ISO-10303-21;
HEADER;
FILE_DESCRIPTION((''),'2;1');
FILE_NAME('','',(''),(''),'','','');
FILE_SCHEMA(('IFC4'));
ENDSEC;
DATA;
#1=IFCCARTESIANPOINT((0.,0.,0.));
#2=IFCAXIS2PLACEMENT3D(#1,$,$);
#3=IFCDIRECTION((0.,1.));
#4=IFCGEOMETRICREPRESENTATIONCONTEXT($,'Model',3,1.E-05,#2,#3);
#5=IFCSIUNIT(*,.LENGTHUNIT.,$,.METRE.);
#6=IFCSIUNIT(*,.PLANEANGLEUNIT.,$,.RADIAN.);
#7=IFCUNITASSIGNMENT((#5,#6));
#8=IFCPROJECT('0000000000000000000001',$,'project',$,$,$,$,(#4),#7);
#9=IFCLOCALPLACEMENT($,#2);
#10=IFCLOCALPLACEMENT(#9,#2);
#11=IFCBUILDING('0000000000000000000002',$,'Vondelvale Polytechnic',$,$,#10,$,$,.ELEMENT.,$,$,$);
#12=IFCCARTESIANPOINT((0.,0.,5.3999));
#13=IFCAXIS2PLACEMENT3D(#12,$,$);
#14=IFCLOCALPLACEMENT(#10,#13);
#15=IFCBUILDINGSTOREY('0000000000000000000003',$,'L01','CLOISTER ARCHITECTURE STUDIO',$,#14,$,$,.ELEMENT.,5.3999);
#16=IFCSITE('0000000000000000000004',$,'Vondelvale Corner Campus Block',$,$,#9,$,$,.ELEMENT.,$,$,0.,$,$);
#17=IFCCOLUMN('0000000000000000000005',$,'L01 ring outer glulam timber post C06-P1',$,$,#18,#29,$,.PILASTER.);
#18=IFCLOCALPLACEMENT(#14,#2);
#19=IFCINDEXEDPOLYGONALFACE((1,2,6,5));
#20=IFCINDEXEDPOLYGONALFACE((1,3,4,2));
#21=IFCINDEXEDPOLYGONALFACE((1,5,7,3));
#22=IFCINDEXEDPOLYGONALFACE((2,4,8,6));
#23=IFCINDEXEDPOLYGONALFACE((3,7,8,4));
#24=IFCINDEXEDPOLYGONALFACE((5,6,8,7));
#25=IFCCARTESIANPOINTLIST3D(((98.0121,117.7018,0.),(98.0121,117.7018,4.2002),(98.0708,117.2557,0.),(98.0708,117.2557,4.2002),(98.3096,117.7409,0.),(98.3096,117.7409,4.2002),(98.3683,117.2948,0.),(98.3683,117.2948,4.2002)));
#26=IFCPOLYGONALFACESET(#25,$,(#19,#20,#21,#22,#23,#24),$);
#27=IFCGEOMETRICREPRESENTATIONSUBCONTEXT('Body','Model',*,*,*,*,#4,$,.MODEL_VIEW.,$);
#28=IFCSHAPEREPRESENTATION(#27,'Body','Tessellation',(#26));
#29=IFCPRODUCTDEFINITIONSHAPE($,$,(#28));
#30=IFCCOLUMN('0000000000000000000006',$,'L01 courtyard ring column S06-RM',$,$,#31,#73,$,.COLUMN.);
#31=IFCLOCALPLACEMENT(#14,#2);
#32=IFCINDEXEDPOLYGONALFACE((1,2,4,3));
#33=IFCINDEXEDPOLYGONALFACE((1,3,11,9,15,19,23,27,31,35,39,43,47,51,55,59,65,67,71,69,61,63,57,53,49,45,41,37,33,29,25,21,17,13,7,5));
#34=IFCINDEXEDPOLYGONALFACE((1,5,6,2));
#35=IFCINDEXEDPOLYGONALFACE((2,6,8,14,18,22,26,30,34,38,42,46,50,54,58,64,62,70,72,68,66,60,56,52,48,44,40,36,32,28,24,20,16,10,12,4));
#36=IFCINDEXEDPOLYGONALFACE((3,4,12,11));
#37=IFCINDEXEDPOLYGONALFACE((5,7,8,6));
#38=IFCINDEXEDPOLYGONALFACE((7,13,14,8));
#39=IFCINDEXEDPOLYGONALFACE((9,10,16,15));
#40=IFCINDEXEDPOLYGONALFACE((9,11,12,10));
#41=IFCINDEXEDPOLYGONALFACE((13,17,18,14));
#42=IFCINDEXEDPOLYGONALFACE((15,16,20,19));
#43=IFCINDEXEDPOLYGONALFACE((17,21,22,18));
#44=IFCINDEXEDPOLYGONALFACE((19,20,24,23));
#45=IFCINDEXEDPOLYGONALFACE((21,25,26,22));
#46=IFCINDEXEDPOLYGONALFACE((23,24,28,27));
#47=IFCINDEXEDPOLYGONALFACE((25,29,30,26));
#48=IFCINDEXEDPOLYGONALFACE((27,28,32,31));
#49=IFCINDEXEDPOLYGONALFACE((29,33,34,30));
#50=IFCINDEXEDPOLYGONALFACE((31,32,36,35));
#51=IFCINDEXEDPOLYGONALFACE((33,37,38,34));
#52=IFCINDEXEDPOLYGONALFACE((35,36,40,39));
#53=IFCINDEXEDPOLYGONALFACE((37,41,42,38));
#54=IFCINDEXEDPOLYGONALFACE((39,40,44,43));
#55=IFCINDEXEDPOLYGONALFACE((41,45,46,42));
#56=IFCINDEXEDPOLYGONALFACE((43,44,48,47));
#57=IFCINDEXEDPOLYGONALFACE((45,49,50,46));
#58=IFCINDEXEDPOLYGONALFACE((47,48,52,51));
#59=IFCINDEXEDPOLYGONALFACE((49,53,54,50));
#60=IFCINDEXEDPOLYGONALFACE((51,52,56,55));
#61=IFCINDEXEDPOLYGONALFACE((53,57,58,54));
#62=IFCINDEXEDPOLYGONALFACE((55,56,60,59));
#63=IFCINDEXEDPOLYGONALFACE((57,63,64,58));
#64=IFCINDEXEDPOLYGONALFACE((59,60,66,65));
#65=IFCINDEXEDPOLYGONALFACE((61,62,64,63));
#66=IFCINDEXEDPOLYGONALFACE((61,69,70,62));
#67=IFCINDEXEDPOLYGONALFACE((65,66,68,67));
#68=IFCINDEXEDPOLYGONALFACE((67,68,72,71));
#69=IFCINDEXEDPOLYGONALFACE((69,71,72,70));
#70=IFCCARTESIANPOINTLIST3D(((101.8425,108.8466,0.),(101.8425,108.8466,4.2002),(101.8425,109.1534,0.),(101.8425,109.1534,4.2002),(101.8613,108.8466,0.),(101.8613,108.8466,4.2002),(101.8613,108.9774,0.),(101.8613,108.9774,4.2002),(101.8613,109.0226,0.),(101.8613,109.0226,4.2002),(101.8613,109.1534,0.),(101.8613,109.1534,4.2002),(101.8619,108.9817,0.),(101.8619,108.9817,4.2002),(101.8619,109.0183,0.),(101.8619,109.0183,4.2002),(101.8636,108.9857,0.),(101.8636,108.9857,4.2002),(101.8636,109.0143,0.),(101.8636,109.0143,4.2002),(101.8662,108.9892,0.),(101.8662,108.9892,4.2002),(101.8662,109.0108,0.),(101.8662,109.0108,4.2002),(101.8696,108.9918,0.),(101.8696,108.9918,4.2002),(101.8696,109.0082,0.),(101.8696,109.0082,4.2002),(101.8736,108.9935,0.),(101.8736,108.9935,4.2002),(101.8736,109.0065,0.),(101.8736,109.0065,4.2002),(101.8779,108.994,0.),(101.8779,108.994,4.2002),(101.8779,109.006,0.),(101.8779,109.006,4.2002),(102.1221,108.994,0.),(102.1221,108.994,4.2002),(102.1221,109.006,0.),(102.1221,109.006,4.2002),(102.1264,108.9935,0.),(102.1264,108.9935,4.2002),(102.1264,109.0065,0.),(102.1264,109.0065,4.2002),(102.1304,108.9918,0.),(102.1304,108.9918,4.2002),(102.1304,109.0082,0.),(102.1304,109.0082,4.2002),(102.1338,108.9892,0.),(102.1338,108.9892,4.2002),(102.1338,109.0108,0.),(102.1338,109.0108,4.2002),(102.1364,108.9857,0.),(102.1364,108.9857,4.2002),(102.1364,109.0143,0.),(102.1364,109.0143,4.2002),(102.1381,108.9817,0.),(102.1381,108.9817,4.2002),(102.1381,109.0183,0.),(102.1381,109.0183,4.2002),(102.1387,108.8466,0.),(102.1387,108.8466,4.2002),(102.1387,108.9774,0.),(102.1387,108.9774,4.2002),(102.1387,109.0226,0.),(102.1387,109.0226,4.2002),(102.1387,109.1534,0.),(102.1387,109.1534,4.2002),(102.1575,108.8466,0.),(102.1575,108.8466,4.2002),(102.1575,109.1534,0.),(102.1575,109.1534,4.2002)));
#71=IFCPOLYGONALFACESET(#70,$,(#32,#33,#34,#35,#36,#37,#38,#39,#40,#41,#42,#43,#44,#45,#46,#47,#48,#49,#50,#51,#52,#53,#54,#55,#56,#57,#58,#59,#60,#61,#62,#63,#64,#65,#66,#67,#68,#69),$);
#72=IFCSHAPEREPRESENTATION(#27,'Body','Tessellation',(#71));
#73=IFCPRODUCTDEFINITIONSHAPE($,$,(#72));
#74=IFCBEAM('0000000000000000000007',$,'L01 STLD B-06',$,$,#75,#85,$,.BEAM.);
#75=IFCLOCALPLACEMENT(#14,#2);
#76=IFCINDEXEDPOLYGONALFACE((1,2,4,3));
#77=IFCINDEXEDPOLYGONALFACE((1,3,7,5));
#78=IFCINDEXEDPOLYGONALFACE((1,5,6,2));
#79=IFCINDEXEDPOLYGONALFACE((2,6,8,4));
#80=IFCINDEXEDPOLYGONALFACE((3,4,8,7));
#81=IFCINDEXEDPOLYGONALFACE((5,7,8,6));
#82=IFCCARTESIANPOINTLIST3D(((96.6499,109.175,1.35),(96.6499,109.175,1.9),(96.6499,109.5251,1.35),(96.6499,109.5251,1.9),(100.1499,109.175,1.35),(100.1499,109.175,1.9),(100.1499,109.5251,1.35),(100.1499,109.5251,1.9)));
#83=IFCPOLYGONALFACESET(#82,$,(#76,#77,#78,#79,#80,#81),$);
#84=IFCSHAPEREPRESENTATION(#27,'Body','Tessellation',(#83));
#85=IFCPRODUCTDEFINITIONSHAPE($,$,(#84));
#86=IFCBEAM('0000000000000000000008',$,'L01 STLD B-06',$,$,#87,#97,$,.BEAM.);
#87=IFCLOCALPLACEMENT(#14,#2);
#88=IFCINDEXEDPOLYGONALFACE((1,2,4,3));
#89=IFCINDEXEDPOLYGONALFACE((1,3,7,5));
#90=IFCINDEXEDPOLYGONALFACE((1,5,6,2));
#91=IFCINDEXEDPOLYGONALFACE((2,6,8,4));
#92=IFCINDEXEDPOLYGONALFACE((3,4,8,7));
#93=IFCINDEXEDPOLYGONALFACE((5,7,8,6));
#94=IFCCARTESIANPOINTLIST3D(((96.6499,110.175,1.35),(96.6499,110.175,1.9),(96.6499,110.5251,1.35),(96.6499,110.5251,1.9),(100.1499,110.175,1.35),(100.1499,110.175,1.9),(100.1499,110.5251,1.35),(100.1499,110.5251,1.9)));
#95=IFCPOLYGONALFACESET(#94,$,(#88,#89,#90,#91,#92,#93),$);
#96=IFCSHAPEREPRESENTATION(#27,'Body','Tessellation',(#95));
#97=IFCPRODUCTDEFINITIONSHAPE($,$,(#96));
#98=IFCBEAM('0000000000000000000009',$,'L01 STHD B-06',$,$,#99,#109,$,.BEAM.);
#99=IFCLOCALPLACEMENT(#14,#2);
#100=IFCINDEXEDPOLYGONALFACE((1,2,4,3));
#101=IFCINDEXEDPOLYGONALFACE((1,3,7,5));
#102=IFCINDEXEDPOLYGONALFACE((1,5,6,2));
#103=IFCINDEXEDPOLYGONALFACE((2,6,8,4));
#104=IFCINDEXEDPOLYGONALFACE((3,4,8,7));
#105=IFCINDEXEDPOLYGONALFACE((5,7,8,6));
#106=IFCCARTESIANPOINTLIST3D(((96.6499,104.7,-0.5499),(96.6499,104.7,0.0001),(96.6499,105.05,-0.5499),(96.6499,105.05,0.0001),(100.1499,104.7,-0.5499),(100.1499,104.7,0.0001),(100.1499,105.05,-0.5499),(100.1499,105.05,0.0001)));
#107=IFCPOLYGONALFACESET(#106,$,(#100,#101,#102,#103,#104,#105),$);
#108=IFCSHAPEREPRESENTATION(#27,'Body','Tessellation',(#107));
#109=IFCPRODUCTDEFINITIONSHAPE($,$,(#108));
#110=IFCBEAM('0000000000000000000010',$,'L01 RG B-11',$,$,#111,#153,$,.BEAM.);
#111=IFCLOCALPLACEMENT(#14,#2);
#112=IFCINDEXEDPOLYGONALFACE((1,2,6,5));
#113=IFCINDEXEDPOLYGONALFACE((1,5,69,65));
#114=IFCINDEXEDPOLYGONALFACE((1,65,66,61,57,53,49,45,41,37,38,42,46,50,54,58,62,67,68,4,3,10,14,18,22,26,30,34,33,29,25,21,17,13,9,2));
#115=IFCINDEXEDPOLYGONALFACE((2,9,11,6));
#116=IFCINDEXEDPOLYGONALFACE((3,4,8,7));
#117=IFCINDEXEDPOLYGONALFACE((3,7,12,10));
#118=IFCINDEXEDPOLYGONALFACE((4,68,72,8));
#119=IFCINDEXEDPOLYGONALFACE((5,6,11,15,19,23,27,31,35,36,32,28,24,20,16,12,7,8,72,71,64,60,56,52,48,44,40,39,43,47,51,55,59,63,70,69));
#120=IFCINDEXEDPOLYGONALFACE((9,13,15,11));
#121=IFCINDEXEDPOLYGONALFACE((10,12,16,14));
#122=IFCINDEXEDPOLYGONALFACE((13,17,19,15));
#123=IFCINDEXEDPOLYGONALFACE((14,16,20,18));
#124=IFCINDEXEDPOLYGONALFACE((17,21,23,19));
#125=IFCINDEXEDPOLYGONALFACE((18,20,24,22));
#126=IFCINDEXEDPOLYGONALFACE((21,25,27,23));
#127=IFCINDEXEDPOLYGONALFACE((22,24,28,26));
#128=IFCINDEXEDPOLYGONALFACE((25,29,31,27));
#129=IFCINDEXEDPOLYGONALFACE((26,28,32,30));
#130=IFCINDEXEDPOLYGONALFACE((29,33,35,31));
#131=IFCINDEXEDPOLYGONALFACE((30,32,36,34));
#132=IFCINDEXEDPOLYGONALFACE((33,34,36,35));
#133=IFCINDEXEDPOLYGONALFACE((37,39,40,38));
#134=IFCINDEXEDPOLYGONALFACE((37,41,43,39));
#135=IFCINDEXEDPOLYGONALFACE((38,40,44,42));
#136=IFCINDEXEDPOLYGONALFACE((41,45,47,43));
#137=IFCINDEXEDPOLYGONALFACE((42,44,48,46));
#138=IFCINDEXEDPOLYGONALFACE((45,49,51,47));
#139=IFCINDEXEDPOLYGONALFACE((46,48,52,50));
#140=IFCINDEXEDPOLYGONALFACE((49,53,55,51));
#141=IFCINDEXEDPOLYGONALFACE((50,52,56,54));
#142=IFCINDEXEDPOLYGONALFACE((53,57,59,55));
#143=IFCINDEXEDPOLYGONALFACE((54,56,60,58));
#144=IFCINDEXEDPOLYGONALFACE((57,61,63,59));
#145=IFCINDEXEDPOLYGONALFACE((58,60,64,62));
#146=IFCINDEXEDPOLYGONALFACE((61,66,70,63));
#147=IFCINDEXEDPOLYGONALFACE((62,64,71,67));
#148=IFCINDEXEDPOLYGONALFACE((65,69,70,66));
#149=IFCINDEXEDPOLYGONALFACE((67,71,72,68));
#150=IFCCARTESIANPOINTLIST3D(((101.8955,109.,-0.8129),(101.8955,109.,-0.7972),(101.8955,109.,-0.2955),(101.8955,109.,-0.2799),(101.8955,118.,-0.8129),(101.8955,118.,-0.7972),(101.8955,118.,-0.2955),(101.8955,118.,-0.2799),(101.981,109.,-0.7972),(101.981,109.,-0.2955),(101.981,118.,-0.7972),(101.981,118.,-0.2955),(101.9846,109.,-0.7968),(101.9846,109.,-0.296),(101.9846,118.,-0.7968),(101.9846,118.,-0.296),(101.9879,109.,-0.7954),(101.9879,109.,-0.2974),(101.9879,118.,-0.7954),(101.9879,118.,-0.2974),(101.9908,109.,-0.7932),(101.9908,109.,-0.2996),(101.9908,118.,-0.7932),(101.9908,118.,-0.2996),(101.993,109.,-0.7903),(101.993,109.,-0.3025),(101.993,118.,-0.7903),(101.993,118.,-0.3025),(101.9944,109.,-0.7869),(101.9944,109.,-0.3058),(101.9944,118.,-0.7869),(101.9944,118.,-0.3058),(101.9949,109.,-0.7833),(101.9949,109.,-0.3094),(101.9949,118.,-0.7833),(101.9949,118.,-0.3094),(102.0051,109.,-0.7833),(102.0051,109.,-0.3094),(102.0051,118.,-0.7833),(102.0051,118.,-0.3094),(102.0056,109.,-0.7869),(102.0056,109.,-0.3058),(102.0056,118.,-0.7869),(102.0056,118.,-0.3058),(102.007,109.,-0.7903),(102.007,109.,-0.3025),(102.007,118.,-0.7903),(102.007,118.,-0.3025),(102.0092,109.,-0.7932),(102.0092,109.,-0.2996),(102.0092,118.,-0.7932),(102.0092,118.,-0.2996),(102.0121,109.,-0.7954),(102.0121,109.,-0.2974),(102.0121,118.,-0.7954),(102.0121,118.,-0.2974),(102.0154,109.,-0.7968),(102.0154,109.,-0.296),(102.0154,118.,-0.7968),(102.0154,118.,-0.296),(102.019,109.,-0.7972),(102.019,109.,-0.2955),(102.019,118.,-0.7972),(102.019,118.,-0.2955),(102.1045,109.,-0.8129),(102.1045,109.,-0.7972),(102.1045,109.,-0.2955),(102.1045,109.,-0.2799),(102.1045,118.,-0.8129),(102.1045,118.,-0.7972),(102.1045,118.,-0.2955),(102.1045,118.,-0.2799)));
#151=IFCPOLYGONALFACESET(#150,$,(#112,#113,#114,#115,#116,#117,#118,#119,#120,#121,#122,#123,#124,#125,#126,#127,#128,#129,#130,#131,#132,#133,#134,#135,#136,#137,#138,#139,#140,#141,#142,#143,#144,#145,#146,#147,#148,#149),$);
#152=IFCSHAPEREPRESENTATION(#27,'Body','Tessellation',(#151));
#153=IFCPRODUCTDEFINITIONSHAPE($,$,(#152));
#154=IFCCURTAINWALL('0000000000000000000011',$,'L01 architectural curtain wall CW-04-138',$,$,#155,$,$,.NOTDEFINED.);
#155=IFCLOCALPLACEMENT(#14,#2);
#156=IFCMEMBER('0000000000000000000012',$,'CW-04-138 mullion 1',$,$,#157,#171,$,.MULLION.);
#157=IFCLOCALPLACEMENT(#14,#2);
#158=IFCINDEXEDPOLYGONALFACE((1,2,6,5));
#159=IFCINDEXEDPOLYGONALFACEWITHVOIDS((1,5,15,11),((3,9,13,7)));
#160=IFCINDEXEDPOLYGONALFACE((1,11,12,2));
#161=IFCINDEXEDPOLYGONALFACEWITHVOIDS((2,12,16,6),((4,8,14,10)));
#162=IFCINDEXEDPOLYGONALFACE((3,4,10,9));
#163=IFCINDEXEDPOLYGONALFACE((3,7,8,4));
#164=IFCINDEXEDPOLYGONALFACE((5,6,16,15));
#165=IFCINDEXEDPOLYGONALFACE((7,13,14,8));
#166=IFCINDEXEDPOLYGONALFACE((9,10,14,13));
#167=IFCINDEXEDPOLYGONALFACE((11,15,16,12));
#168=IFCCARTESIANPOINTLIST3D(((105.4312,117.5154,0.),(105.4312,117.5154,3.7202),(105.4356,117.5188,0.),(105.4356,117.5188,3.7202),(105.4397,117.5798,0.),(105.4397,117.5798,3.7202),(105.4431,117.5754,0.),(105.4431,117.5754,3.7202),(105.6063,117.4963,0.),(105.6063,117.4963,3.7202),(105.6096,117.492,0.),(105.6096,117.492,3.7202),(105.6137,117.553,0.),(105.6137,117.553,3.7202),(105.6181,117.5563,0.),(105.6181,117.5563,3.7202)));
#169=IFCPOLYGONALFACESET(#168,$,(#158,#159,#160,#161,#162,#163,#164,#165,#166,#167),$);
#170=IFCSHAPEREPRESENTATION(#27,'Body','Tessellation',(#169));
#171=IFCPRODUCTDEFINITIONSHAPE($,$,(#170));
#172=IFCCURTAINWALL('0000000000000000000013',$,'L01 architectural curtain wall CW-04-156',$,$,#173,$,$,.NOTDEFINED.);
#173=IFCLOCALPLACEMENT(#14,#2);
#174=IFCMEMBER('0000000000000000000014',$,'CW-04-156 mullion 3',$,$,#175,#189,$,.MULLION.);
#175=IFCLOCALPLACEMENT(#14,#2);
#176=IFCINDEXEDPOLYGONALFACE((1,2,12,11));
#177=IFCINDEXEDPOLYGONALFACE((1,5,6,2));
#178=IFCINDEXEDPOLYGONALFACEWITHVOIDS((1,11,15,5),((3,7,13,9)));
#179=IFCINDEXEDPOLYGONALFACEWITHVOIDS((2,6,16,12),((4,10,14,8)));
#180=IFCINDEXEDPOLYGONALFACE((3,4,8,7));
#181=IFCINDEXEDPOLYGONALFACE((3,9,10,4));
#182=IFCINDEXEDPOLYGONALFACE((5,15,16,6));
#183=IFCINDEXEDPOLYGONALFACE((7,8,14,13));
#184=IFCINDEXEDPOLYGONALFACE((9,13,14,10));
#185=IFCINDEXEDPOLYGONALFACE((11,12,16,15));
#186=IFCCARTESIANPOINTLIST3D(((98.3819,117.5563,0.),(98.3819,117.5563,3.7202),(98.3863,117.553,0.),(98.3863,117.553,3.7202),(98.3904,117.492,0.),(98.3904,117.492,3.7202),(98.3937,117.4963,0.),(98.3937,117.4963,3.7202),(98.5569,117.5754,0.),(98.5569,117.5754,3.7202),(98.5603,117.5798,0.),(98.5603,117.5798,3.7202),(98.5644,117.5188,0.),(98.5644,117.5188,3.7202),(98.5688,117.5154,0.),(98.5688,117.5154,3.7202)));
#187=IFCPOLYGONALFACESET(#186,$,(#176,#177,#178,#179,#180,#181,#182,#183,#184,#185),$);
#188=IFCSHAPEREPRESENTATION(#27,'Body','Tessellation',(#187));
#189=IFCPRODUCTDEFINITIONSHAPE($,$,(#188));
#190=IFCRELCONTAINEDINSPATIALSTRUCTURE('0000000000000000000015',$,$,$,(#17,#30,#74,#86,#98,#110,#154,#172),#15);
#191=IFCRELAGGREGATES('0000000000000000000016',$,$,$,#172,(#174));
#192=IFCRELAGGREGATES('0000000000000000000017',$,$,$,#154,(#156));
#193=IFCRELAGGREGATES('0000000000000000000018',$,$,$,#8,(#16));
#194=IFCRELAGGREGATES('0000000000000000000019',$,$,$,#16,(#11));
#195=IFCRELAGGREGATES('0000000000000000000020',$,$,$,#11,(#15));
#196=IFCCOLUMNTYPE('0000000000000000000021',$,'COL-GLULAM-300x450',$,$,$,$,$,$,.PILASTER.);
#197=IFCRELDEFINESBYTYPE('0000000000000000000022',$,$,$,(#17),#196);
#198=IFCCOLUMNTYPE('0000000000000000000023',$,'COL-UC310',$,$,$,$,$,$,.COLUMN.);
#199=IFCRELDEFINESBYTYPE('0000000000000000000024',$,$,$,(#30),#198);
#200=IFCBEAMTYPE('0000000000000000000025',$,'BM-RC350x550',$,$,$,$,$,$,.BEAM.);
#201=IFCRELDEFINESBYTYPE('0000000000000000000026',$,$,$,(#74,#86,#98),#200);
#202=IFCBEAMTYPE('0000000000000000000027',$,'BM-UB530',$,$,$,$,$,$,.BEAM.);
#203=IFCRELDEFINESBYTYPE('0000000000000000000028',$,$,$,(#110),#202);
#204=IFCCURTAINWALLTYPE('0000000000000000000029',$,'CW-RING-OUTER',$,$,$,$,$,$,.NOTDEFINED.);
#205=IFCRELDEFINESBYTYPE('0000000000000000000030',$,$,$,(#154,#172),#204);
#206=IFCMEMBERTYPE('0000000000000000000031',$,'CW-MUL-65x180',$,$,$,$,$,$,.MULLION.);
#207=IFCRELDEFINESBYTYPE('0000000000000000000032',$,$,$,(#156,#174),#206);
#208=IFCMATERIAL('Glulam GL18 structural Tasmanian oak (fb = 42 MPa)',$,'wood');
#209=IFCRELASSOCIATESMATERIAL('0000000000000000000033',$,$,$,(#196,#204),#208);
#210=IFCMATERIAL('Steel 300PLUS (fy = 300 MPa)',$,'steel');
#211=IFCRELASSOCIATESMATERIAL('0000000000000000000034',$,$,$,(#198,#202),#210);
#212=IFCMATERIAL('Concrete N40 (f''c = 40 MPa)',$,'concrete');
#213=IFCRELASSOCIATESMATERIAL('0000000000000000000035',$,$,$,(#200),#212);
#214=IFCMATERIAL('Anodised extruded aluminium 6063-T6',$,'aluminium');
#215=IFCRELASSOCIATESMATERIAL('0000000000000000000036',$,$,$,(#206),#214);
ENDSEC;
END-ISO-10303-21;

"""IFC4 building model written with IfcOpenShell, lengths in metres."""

from ifc_helpers import new_model, si_unit, direction, frame, origin, origin_2d, place, context, subcontext, project, spatial, rectangle, hollow_rectangle, i_section, extrude, material, material_profile, profile_set, type_object, element, aggregate, save


model = new_model("IFC4")

# Units and contexts
model_context = context("Model", 3, precision=1e-05, world=origin(), true_north=direction((0.0, 1.0)))
body_context = subcontext(model_context, "Body", "Model", "MODEL_VIEW")
ifc_project = project(units=[si_unit("LENGTHUNIT", "METRE"), si_unit("PLANEANGLEUNIT", "RADIAN")], contexts=[model_context])

# Site, building, storey
site_placement = place(None, origin())
site = spatial("IfcSite", under=ifc_project, at=site_placement, Name="Vondelvale Corner Campus Block", CompositionType="ELEMENT", RefElevation=0.0)
building_placement = place(site_placement, origin())
building = spatial("IfcBuilding", under=site, at=building_placement, Name="Vondelvale Polytechnic", CompositionType="ELEMENT")
storey_placement = place(building_placement, frame((0.0, 0.0, 5.3999)))
storey = spatial("IfcBuildingStorey", under=building, at=storey_placement, Name="L01", Description="CLOISTER ARCHITECTURE STUDIO", CompositionType="ELEMENT", Elevation=5.3999)

# Columns
ifc_material_1 = material(Name="Glulam GL18 structural Tasmanian oak (fb = 42 MPa)", Category="wood")
ifc_material_profile_1 = material_profile(ifc_material_1, rectangle(XDim=0.3, YDim=0.45, at=origin_2d()), Name="GL-POST-300x450")
ifc_profile_set_1 = profile_set([ifc_material_profile_1], Name="Glulam GL18 structural Tasmanian oak (fb = 42 MPa)")
column_type_1 = type_object("IfcColumnType", Name="COL-GLULAM-300x450", PredefinedType="PILASTER", material=ifc_profile_set_1)
column_1_placement = place(storey_placement, frame((98.1902, 117.4983, 0.0), z_axis=(0.0, 0.0, 1.0), x_axis=(0.991445, 0.130526, 0.0)))
element("IfcColumn", 1, at=column_1_placement, inside=storey, type_object=column_type_1, Name="L01 ring outer glulam timber post C06-P1", PredefinedType="PILASTER", context=body_context, shape_type="SweptSolid", body=[
    extrude(rectangle(XDim=0.3, YDim=0.45, at=origin_2d()), origin(), (0.0, 0.0, 1.0), 4.2002),
])
ifc_material_2 = material(Name="Steel 300PLUS (fy = 300 MPa)", Category="steel")
ifc_material_profile_2 = material_profile(ifc_material_2, i_section(OverallWidth=0.3069, OverallDepth=0.3149, WebThickness=0.012, FlangeThickness=0.0188, FilletRadius=0.0166, at=origin_2d()), Name="310UC118")
ifc_profile_set_2 = profile_set([ifc_material_profile_2], Name="Steel 300PLUS (fy = 300 MPa)")
column_type_2 = type_object("IfcColumnType", Name="COL-UC310", PredefinedType="COLUMN", material=ifc_profile_set_2)
column_2_placement = place(storey_placement, frame((102.0, 109.0, 0.0), z_axis=(0.0, 0.0, 1.0), x_axis=(0.0, 1.0, 0.0)))
element("IfcColumn", 2, at=column_2_placement, inside=storey, type_object=column_type_2, Name="L01 courtyard ring column S06-RM", PredefinedType="COLUMN", context=body_context, shape_type="SweptSolid", body=[
    extrude(i_section(OverallWidth=0.3069, OverallDepth=0.3149, WebThickness=0.012, FlangeThickness=0.0188, FilletRadius=0.0166, at=origin_2d()), origin(), (0.0, 0.0, 1.0), 4.2002),
])

# Beams
ifc_material_3 = material(Name="Concrete N40 (f'c = 40 MPa)", Category="concrete")
ifc_material_profile_3 = material_profile(ifc_material_3, rectangle(XDim=0.3501, YDim=0.55, at=origin_2d()), Name="RC-BM-350x550")
ifc_profile_set_3 = profile_set([ifc_material_profile_3], Name="Concrete N40 (f'c = 40 MPa)")
beam_type_1 = type_object("IfcBeamType", Name="BM-RC350x550", PredefinedType="BEAM", material=ifc_profile_set_3)
for number, where, z_axis, x_axis, name in (
    (3, (100.1499, 109.3501, 1.625), (-1.0, 0.0, 0.0), (0.0, -1.0, 0.0), "L01 STLD B-06"),
    (4, (100.1499, 110.3501, 1.625), (-1.0, 0.0, 0.0), (0.0, -1.0, 0.0), "L01 STLD B-06"),
    (5, (100.1499, 104.875, -0.2749), (-1.0, 0.0, 0.0), (0.0, -1.0, 0.0), "L01 STHD B-06"),
):
    element("IfcBeam", number, at=place(storey_placement, frame(where, z_axis=z_axis, x_axis=x_axis)), inside=storey, type_object=beam_type_1, Name=name, PredefinedType="BEAM", context=body_context, shape_type="SweptSolid", body=[
        extrude(rectangle(XDim=0.3501, YDim=0.55, at=origin_2d()), origin(), (0.0, 0.0, 1.0), 3.5),
    ])
ifc_material_profile_4 = material_profile(ifc_material_2, i_section(OverallWidth=0.209, OverallDepth=0.533, WebThickness=0.0103, FlangeThickness=0.0156, FilletRadius=0.0139, at=origin_2d()), Name="530UB92.4")
ifc_profile_set_4 = profile_set([ifc_material_profile_4], Name="Steel 300PLUS (fy = 300 MPa)")
beam_type_2 = type_object("IfcBeamType", Name="BM-UB530", PredefinedType="BEAM", material=ifc_profile_set_4)
beam_placement = place(storey_placement, frame((102.0, 109.0, -0.5464), z_axis=(0.0, 1.0, 0.0), x_axis=(-1.0, 0.0, 0.0)))
element("IfcBeam", 6, at=beam_placement, inside=storey, type_object=beam_type_2, Name="L01 RG B-11", PredefinedType="BEAM", context=body_context, shape_type="SweptSolid", body=[
    extrude(i_section(OverallWidth=0.209, OverallDepth=0.533, WebThickness=0.0103, FlangeThickness=0.0156, FilletRadius=0.0139, at=origin_2d()), origin(), (0.0, 0.0, 1.0), 9.0),
])

# Curtain walls, members
curtain_wall_type = type_object("IfcCurtainWallType", Name="CW-RING-OUTER", PredefinedType="NOTDEFINED", material=ifc_material_1)
curtain_wall_1_placement = place(storey_placement, origin())
curtain_wall_1 = element("IfcCurtainWall", 7, at=curtain_wall_1_placement, inside=storey, type_object=curtain_wall_type, Name="L01 architectural curtain wall CW-04-138", PredefinedType="NOTDEFINED")
ifc_material_4 = material(Name="Anodised extruded aluminium 6063-T6", Category="aluminium")
ifc_material_profile_5 = material_profile(ifc_material_4, hollow_rectangle(XDim=0.0649, YDim=0.1799, WallThickness=0.0039, at=origin_2d()), Name="CW-MUL-180x65")
ifc_profile_set_5 = profile_set([ifc_material_profile_5], Name="Anodised extruded aluminium 6063-T6")
member_type_1 = type_object("IfcMemberType", Name="CW-MUL-65x180", PredefinedType="MULLION", material=ifc_profile_set_5)
member_1_placement = place(storey_placement, frame((105.5247, 117.5359, 0.0), z_axis=(0.0, 0.0, 1.0), x_axis=(-0.13054, -0.991443, 0.0)))
member_1 = element("IfcMember", 8, at=member_1_placement, type_object=member_type_1, Name="CW-04-138 mullion 1", PredefinedType="MULLION", context=body_context, shape_type="SweptSolid", body=[
    extrude(hollow_rectangle(XDim=0.0649, YDim=0.1799, WallThickness=0.0039, at=origin_2d()), origin(), (0.0, 0.0, 1.0), 3.7202),
])
curtain_wall_2_placement = place(storey_placement, origin())
curtain_wall_2 = element("IfcCurtainWall", 9, at=curtain_wall_2_placement, inside=storey, type_object=curtain_wall_type, Name="L01 architectural curtain wall CW-04-156", PredefinedType="NOTDEFINED")
member_2_placement = place(storey_placement, frame((98.4753, 117.5359, 0.0), z_axis=(0.0, 0.0, 1.0), x_axis=(0.13054, -0.991443, 0.0)))
member_2 = element("IfcMember", 10, at=member_2_placement, type_object=member_type_1, Name="CW-04-156 mullion 3", PredefinedType="MULLION", context=body_context, shape_type="SweptSolid", body=[
    extrude(hollow_rectangle(XDim=0.0649, YDim=0.1799, WallThickness=0.0039, at=origin_2d()), origin(), (0.0, 0.0, 1.0), 3.7202),
])
aggregate(curtain_wall_2, [member_2])

aggregate(curtain_wall_1, [member_1])

save(model, "model.ifc")
